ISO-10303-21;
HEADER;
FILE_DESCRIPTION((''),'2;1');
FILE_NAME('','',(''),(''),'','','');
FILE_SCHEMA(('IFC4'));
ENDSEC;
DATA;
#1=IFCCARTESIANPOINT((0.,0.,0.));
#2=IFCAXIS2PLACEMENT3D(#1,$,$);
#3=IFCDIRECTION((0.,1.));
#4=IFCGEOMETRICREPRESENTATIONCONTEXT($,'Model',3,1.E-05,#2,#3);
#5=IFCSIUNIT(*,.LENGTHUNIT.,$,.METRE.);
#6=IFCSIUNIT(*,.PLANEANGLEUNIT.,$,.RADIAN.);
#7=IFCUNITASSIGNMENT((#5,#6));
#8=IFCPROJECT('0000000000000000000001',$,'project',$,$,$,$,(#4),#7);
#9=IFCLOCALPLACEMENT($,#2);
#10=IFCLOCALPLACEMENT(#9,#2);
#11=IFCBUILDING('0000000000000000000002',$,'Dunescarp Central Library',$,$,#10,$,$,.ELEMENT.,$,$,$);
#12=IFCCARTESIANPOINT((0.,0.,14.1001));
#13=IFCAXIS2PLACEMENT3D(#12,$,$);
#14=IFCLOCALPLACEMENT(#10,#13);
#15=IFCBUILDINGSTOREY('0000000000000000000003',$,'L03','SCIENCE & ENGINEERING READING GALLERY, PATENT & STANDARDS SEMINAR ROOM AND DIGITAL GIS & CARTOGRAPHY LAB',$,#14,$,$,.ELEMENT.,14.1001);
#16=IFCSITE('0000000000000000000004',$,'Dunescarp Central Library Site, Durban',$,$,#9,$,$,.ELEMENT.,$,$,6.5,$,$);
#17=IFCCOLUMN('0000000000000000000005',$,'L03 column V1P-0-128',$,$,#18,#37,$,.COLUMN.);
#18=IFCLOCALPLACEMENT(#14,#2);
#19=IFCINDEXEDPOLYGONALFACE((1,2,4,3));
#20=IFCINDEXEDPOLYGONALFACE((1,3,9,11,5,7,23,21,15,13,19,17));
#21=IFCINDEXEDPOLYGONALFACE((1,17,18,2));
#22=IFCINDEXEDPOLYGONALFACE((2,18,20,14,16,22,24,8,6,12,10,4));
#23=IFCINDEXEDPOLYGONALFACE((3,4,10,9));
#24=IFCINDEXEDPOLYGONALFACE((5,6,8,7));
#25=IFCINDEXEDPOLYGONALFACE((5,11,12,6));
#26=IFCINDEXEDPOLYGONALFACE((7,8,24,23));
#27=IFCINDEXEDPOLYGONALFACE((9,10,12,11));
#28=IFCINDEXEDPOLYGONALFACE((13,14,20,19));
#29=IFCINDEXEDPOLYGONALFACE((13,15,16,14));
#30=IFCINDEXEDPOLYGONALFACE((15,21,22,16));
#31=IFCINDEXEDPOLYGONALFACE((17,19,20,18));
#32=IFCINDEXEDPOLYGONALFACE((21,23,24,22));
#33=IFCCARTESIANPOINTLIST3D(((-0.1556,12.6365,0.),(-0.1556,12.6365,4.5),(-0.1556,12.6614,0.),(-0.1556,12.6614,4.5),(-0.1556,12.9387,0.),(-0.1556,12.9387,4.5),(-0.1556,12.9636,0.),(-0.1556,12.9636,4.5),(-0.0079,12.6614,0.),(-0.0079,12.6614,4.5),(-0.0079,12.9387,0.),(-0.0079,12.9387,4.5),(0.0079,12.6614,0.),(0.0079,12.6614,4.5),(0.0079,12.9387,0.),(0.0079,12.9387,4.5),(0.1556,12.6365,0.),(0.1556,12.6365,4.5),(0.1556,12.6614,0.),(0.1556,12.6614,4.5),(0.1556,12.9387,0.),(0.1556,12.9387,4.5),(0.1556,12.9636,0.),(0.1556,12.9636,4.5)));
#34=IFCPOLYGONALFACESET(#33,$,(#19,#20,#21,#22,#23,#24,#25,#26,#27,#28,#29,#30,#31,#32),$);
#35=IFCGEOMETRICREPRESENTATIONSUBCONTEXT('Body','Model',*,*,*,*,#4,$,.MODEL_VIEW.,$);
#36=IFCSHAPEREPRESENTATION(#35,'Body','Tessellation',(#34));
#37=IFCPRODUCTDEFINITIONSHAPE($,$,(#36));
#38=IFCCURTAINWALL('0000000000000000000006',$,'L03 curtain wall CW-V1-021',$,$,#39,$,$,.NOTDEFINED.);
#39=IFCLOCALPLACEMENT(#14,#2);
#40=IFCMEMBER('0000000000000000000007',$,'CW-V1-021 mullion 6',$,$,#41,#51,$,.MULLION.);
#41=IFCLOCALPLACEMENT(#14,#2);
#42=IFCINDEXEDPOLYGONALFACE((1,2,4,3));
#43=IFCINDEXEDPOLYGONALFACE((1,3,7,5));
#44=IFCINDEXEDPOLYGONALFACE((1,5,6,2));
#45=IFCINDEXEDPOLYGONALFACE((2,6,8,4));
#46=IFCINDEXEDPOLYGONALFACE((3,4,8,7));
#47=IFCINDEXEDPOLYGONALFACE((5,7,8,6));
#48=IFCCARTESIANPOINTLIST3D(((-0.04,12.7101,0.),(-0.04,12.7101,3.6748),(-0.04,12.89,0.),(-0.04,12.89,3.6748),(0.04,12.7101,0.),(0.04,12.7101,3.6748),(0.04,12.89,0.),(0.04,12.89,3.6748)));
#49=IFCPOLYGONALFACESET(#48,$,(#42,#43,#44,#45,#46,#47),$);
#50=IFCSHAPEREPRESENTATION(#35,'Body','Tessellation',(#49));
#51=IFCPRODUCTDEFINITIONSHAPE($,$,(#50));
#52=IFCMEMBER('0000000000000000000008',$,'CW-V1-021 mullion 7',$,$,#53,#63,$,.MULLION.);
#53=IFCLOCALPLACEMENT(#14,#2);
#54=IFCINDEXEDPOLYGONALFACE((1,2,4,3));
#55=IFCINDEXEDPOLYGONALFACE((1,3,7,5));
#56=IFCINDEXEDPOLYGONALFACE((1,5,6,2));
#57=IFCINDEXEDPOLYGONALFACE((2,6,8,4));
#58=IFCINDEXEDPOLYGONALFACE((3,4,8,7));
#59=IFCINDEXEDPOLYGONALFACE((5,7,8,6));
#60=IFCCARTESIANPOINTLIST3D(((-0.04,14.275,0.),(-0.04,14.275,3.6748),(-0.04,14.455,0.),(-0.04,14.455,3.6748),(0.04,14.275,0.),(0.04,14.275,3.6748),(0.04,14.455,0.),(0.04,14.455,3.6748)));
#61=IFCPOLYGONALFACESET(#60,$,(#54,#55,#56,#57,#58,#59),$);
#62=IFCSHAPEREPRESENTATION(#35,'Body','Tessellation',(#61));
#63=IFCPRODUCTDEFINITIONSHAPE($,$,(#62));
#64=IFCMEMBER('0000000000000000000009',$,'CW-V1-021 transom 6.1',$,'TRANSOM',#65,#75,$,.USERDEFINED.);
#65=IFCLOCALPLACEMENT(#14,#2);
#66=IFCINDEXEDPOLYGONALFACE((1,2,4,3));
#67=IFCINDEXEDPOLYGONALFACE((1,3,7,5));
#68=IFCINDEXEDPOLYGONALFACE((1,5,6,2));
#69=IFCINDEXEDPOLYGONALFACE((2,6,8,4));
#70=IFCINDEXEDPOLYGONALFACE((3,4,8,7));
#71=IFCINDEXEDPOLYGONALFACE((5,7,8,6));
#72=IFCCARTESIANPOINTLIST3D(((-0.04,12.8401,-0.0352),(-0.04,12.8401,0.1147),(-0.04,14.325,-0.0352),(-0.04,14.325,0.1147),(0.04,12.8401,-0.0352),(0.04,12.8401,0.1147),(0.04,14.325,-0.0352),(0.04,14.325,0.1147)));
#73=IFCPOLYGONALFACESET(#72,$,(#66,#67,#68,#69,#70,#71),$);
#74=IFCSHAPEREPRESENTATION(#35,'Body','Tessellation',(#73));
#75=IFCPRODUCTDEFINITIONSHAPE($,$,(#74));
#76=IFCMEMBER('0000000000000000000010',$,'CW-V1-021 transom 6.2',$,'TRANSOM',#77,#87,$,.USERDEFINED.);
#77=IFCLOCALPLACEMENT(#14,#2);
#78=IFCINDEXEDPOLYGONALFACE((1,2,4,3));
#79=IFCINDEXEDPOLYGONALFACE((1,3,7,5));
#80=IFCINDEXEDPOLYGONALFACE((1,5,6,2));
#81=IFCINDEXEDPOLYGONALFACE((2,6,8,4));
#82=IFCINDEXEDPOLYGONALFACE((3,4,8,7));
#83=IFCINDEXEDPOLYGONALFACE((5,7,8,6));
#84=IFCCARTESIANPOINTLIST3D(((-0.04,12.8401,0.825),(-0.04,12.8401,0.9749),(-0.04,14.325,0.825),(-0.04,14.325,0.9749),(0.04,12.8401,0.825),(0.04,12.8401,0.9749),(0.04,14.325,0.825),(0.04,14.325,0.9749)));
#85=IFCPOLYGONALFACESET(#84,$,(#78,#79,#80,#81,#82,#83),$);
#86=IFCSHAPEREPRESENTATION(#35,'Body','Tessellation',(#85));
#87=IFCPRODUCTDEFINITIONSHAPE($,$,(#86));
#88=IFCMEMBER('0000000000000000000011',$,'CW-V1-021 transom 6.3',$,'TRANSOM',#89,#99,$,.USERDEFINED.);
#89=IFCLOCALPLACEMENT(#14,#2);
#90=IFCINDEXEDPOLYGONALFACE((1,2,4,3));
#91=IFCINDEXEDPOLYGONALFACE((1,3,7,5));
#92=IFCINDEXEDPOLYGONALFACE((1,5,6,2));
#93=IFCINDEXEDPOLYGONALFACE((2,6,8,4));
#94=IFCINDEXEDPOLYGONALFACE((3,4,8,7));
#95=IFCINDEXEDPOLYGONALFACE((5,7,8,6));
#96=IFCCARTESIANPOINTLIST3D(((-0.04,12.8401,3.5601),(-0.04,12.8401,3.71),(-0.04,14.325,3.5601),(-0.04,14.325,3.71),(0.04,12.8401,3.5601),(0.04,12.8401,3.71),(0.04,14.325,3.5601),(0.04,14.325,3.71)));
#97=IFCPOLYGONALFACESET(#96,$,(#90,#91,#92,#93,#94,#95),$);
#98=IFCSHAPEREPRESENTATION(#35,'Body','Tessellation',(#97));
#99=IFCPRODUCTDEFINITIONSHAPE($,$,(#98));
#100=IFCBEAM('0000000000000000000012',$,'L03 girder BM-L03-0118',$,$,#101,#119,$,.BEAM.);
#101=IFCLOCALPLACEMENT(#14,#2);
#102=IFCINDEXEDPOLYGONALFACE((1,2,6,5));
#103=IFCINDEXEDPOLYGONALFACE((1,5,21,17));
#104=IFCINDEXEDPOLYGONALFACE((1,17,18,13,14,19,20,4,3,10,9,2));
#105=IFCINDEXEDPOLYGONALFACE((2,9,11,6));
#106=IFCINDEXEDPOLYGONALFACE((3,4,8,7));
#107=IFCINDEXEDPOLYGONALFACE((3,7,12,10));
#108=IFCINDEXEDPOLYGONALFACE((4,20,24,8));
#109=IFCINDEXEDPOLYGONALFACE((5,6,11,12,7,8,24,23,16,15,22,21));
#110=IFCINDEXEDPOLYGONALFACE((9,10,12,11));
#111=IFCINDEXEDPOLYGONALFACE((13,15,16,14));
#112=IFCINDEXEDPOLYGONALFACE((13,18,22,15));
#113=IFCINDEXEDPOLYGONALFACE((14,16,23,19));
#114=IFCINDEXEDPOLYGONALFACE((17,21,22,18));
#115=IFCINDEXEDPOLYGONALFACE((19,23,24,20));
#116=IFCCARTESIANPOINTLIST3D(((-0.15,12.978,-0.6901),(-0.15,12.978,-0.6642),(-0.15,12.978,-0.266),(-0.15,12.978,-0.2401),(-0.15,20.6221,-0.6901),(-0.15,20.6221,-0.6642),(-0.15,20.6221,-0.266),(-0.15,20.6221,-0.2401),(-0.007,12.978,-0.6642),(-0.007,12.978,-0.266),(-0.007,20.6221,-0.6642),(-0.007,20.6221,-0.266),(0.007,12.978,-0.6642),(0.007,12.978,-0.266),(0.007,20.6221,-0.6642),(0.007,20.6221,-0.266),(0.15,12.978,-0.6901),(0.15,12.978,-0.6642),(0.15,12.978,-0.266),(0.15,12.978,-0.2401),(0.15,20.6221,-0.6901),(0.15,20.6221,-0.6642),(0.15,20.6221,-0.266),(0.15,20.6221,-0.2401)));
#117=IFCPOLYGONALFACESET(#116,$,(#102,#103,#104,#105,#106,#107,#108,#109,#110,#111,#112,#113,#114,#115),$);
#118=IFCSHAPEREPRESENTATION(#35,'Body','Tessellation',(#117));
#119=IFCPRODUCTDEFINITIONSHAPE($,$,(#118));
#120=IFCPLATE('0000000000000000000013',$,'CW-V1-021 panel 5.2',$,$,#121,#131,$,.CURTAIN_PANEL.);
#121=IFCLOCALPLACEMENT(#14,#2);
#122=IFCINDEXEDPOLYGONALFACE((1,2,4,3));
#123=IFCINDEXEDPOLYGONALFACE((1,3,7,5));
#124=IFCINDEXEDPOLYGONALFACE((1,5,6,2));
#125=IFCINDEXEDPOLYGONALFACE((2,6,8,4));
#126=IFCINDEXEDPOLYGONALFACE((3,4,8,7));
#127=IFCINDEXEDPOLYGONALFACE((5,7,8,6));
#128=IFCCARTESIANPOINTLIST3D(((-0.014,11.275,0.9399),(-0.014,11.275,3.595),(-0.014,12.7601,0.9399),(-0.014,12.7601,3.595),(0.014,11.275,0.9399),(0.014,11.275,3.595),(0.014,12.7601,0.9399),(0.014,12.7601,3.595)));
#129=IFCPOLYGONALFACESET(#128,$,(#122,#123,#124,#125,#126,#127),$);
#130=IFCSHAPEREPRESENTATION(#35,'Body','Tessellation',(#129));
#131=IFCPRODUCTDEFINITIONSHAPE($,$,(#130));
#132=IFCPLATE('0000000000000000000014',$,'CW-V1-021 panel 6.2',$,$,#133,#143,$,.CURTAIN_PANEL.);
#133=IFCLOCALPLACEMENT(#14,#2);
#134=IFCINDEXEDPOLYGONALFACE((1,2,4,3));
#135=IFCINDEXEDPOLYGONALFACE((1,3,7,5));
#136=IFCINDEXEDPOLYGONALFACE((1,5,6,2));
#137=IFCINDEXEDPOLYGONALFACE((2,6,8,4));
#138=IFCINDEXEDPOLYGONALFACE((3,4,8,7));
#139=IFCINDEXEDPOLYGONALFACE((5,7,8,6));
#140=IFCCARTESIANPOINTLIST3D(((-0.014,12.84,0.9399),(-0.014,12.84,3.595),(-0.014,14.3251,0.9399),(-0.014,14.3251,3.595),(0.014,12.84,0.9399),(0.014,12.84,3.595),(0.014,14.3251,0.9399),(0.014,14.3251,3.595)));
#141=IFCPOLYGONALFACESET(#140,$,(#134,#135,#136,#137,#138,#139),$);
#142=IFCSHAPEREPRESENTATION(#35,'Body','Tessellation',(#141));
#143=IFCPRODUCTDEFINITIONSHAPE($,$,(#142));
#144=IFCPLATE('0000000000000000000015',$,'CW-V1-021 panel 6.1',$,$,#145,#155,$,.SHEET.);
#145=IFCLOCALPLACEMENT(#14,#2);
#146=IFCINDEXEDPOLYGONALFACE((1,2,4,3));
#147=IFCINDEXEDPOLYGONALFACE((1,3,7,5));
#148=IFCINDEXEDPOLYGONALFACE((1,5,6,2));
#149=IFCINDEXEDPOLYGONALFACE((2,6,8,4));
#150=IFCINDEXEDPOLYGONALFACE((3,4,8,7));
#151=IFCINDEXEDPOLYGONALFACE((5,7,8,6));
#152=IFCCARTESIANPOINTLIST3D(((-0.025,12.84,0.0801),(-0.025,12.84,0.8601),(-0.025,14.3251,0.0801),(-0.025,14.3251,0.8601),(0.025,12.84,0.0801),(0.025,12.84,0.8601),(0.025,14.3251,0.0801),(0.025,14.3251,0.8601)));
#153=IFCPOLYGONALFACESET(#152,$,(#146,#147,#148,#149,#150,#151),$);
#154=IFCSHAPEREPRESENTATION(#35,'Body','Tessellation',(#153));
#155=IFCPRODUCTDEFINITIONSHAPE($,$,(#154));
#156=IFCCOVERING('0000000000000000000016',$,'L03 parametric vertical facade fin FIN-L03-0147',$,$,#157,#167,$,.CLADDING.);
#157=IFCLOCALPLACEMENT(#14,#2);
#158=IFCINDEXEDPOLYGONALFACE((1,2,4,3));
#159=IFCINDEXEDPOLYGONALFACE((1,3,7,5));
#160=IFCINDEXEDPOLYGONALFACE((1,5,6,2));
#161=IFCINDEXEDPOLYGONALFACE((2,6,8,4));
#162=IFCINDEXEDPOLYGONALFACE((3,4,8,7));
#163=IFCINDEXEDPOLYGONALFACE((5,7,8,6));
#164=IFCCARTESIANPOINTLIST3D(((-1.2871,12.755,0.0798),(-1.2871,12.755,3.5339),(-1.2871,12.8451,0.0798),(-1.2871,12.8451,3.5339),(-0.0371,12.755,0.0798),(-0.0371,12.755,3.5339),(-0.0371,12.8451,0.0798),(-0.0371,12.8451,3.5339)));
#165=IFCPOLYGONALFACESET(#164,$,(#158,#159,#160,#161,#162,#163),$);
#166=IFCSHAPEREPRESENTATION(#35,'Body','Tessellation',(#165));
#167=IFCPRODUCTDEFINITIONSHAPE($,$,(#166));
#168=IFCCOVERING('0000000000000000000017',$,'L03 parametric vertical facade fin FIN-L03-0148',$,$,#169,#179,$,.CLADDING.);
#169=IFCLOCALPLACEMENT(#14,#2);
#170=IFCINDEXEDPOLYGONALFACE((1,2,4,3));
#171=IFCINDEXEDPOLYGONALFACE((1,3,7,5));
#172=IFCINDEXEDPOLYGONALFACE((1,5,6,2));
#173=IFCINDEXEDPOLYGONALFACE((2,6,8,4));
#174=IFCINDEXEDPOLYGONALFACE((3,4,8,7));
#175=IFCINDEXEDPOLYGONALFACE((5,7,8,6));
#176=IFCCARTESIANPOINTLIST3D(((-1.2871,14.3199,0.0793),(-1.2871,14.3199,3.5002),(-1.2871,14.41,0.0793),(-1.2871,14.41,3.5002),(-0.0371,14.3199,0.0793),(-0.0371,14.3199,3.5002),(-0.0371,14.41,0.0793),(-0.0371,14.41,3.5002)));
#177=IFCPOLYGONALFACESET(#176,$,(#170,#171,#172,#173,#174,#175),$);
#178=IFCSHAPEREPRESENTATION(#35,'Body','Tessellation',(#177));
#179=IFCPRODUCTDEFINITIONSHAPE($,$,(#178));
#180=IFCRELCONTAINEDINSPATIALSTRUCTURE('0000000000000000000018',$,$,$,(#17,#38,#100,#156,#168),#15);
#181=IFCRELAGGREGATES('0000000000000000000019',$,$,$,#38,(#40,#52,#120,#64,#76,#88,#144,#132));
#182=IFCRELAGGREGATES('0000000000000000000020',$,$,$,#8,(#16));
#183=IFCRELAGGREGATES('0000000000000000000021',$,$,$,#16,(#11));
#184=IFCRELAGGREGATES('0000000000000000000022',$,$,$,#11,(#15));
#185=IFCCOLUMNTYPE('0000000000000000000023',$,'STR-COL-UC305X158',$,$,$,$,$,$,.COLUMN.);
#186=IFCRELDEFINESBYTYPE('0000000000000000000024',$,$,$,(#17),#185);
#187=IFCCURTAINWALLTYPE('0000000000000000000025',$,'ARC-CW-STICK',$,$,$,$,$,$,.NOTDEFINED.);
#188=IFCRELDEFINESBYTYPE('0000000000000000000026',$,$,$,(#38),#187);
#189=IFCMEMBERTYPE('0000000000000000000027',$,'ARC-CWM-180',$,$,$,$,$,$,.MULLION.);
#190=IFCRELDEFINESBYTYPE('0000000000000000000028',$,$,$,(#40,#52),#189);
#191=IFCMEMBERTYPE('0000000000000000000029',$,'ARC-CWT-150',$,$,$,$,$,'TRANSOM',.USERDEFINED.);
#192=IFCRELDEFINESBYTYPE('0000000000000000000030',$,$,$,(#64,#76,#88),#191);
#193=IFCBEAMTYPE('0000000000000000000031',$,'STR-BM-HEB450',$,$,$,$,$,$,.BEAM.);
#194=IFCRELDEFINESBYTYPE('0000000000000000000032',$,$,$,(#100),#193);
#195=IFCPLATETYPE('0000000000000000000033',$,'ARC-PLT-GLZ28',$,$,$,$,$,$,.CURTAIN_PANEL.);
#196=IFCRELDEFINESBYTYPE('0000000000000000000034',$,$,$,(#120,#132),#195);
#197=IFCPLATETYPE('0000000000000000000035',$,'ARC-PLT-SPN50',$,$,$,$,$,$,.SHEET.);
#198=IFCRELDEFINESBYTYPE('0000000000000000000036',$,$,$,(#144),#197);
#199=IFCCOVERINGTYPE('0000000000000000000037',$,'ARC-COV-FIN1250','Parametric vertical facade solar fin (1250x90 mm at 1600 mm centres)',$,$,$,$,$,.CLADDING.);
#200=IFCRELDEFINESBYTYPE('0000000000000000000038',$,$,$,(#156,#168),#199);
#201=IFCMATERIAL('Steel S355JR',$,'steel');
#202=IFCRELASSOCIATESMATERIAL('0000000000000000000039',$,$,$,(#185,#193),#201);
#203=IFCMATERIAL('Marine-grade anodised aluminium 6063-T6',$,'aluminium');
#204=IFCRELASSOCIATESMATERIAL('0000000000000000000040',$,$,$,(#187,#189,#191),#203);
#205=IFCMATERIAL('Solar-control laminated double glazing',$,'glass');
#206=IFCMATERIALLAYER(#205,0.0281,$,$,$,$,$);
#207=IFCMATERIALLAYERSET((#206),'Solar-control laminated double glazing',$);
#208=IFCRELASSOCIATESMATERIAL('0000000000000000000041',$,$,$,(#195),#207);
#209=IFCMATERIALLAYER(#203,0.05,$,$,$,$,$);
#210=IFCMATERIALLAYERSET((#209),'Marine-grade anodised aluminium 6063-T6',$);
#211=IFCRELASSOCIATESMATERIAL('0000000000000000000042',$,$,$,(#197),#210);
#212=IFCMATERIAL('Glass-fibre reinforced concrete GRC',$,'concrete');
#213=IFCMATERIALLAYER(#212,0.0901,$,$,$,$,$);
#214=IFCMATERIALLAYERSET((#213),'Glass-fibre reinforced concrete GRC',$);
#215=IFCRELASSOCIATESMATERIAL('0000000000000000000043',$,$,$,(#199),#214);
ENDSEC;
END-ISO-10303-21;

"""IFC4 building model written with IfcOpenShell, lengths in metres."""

from ifc_helpers import new_model, si_unit, direction, frame, origin, origin_2d, place, context, subcontext, project, spatial, rectangle, i_section, extrude, material, layer, layer_set, material_profile, profile_set, type_object, element, aggregate, save


model = new_model("IFC4")

# Units and contexts
model_context = context("Model", 3, precision=1e-05, world=origin(), true_north=direction((0.0, 1.0)))
body_context = subcontext(model_context, "Body", "Model", "MODEL_VIEW")
ifc_project = project(units=[si_unit("LENGTHUNIT", "METRE"), si_unit("PLANEANGLEUNIT", "RADIAN")], contexts=[model_context])

# Site, building, storey
site_placement = place(None, origin())
site = spatial("IfcSite", under=ifc_project, at=site_placement, Name="Dunescarp Central Library Site, Durban", CompositionType="ELEMENT", RefElevation=6.5)
building_placement = place(site_placement, origin())
building = spatial("IfcBuilding", under=site, at=building_placement, Name="Dunescarp Central Library", CompositionType="ELEMENT")
storey_placement = place(building_placement, frame((0.0, 0.0, 14.1001)))
storey = spatial("IfcBuildingStorey", under=building, at=storey_placement, Name="L03", Description="SCIENCE & ENGINEERING READING GALLERY, PATENT & STANDARDS SEMINAR ROOM AND DIGITAL GIS & CARTOGRAPHY LAB", CompositionType="ELEMENT", Elevation=14.1001)

# Column
ifc_material_1 = material(Name="Steel S355JR", Category="steel")
ifc_material_profile_1 = material_profile(ifc_material_1, i_section(OverallWidth=0.3113, OverallDepth=0.3271, WebThickness=0.0159, FlangeThickness=0.0249, at=origin_2d()), Name="UC 305x305x158")
ifc_profile_set_1 = profile_set([ifc_material_profile_1], Name="Steel S355JR")
column_type = type_object("IfcColumnType", Name="STR-COL-UC305X158", PredefinedType="COLUMN", material=ifc_profile_set_1)
column_placement = place(storey_placement, frame((0.0, 12.8, 0.0), z_axis=(0.0, 0.0, 1.0), x_axis=(1.0, 0.0, 0.0)))
element("IfcColumn", 1, at=column_placement, inside=storey, type_object=column_type, Name="L03 column V1P-0-128", PredefinedType="COLUMN", context=body_context, shape_type="SweptSolid", body=[
    extrude(i_section(OverallWidth=0.3113, OverallDepth=0.3271, WebThickness=0.0159, FlangeThickness=0.0249, at=origin_2d()), origin(), (0.0, 0.0, 1.0), 4.5),
])

# Curtain wall, members
ifc_material_2 = material(Name="Marine-grade anodised aluminium 6063-T6", Category="aluminium")
curtain_wall_type = type_object("IfcCurtainWallType", Name="ARC-CW-STICK", PredefinedType="NOTDEFINED", material=ifc_material_2)
curtain_wall_placement = place(storey_placement, origin())
curtain_wall = element("IfcCurtainWall", 2, at=curtain_wall_placement, inside=storey, type_object=curtain_wall_type, Name="L03 curtain wall CW-V1-021", PredefinedType="NOTDEFINED")
ifc_material_profile_2 = material_profile(ifc_material_2, rectangle(XDim=0.0801, YDim=0.1799, at=origin_2d()), Name="AL 80x180")
ifc_profile_set_2 = profile_set([ifc_material_profile_2], Name="Marine-grade anodised aluminium 6063-T6")
member_type_1 = type_object("IfcMemberType", Name="ARC-CWM-180", PredefinedType="MULLION", material=ifc_profile_set_2)
member_1_placement = place(storey_placement, frame((0.0, 12.8, 0.0), z_axis=(0.0, 0.0, 1.0), x_axis=(-1.0, 0.0, 0.0)))
member_1 = element("IfcMember", 3, at=member_1_placement, type_object=member_type_1, Name="CW-V1-021 mullion 6", PredefinedType="MULLION", context=body_context, shape_type="SweptSolid", body=[
    extrude(rectangle(XDim=0.0801, YDim=0.1799, at=origin_2d()), origin(), (0.0, 0.0, 1.0), 3.6748),
])
member_2_placement = place(storey_placement, frame((0.0, 14.365, 0.0), z_axis=(0.0, 0.0, 1.0), x_axis=(-1.0, 0.0, 0.0)))
member_2 = element("IfcMember", 4, at=member_2_placement, type_object=member_type_1, Name="CW-V1-021 mullion 7", PredefinedType="MULLION", context=body_context, shape_type="SweptSolid", body=[
    extrude(rectangle(XDim=0.0801, YDim=0.1799, at=origin_2d()), origin(), (0.0, 0.0, 1.0), 3.6748),
])
ifc_material_profile_3 = material_profile(ifc_material_2, rectangle(XDim=0.0801, YDim=0.1499, at=origin_2d()), Name="AL 80x150")
ifc_profile_set_3 = profile_set([ifc_material_profile_3], Name="Marine-grade anodised aluminium 6063-T6")
member_type_2 = type_object("IfcMemberType", Name="ARC-CWT-150", ElementType="TRANSOM", PredefinedType="USERDEFINED", material=ifc_profile_set_3)
member_3_placement = place(storey_placement, frame((0.0, 12.8401, 0.0398), z_axis=(0.0, 1.0, 0.0), x_axis=(-1.0, 0.0, 0.0)))
member_3 = element("IfcMember", 5, at=member_3_placement, type_object=member_type_2, Name="CW-V1-021 transom 6.1", ObjectType="TRANSOM", PredefinedType="USERDEFINED", context=body_context, shape_type="SweptSolid", body=[
    extrude(rectangle(XDim=0.0801, YDim=0.1499, at=origin_2d()), origin(), (0.0, 0.0, 1.0), 1.4849),
])
member_4_placement = place(storey_placement, frame((0.0, 12.8401, 0.8999), z_axis=(0.0, 1.0, 0.0), x_axis=(-1.0, 0.0, 0.0)))
member_4 = element("IfcMember", 6, at=member_4_placement, type_object=member_type_2, Name="CW-V1-021 transom 6.2", ObjectType="TRANSOM", PredefinedType="USERDEFINED", context=body_context, shape_type="SweptSolid", body=[
    extrude(rectangle(XDim=0.0801, YDim=0.1499, at=origin_2d()), origin(), (0.0, 0.0, 1.0), 1.4849),
])
member_5_placement = place(storey_placement, frame((0.0, 12.8401, 3.635), z_axis=(0.0, 1.0, 0.0), x_axis=(-1.0, 0.0, 0.0)))
member_5 = element("IfcMember", 7, at=member_5_placement, type_object=member_type_2, Name="CW-V1-021 transom 6.3", ObjectType="TRANSOM", PredefinedType="USERDEFINED", context=body_context, shape_type="SweptSolid", body=[
    extrude(rectangle(XDim=0.0801, YDim=0.1499, at=origin_2d()), origin(), (0.0, 0.0, 1.0), 1.4849),
])

# Beam
ifc_material_profile_4 = material_profile(ifc_material_1, i_section(OverallWidth=0.3, OverallDepth=0.45, WebThickness=0.0139, FlangeThickness=0.0259, at=origin_2d()), Name="HEB 450")
ifc_profile_set_4 = profile_set([ifc_material_profile_4], Name="Steel S355JR")
beam_type = type_object("IfcBeamType", Name="STR-BM-HEB450", PredefinedType="BEAM", material=ifc_profile_set_4)
beam_placement = place(storey_placement, frame((0.0, 12.978, -0.4651), z_axis=(0.0, 1.0, 0.0), x_axis=(-1.0, 0.0, 0.0)))
element("IfcBeam", 8, at=beam_placement, inside=storey, type_object=beam_type, Name="L03 girder BM-L03-0118", PredefinedType="BEAM", context=body_context, shape_type="SweptSolid", body=[
    extrude(i_section(OverallWidth=0.3, OverallDepth=0.45, WebThickness=0.0139, FlangeThickness=0.0259, at=origin_2d()), origin(), (0.0, 0.0, 1.0), 7.644),
])

# Plates
ifc_material_3 = material(Name="Solar-control laminated double glazing", Category="glass")
ifc_layer_1 = layer(ifc_material_3, 0.0281)
ifc_layer_set_1 = layer_set([ifc_layer_1], Name="Solar-control laminated double glazing")
plate_type_1 = type_object("IfcPlateType", Name="ARC-PLT-GLZ28", PredefinedType="CURTAIN_PANEL", material=ifc_layer_set_1)
plate_1_placement = place(storey_placement, frame((0.0, 12.0176, 0.9399), z_axis=(0.0, 0.0, 1.0), x_axis=(0.0, 1.0, 0.0)))
plate_1 = element("IfcPlate", 9, at=plate_1_placement, type_object=plate_type_1, Name="CW-V1-021 panel 5.2", PredefinedType="CURTAIN_PANEL", context=body_context, shape_type="SweptSolid", body=[
    extrude(rectangle(XDim=1.4851, YDim=0.0281, at=origin_2d()), origin(), (0.0, 0.0, 1.0), 2.655),
])
plate_2_placement = place(storey_placement, frame((0.0, 13.5825, 0.9399), z_axis=(0.0, 0.0, 1.0), x_axis=(0.0, 1.0, 0.0)))
plate_2 = element("IfcPlate", 10, at=plate_2_placement, type_object=plate_type_1, Name="CW-V1-021 panel 6.2", PredefinedType="CURTAIN_PANEL", context=body_context, shape_type="SweptSolid", body=[
    extrude(rectangle(XDim=1.4851, YDim=0.0281, at=origin_2d()), origin(), (0.0, 0.0, 1.0), 2.655),
])
ifc_layer_2 = layer(ifc_material_2, 0.05)
ifc_layer_set_2 = layer_set([ifc_layer_2], Name="Marine-grade anodised aluminium 6063-T6")
plate_type_2 = type_object("IfcPlateType", Name="ARC-PLT-SPN50", PredefinedType="SHEET", material=ifc_layer_set_2)
plate_3_placement = place(storey_placement, frame((0.0, 13.5825, 0.0801), z_axis=(0.0, 0.0, 1.0), x_axis=(0.0, 1.0, 0.0)))
plate_3 = element("IfcPlate", 11, at=plate_3_placement, type_object=plate_type_2, Name="CW-V1-021 panel 6.1", PredefinedType="SHEET", context=body_context, shape_type="SweptSolid", body=[
    extrude(rectangle(XDim=1.4851, YDim=0.05, at=origin_2d()), origin(), (0.0, 0.0, 1.0), 0.78),
])
aggregate(curtain_wall, [member_1, member_2, plate_1, member_3, member_4, member_5, plate_3, plate_2])

# Coverings
ifc_material_4 = material(Name="Glass-fibre reinforced concrete GRC", Category="concrete")
ifc_layer_3 = layer(ifc_material_4, 0.0901)
ifc_layer_set_3 = layer_set([ifc_layer_3], Name="Glass-fibre reinforced concrete GRC")
covering_type = type_object("IfcCoveringType", Name="ARC-COV-FIN1250", Description="Parametric vertical facade solar fin (1250x90 mm at 1600 mm centres)", PredefinedType="CLADDING", material=ifc_layer_set_3)
covering_1_placement = place(storey_placement, frame((-0.6621, 12.8, 0.0798), z_axis=(0.0, 0.0, 1.0), x_axis=(-1.0, 0.0, 0.0)))
element("IfcCovering", 12, at=covering_1_placement, inside=storey, type_object=covering_type, Name="L03 parametric vertical facade fin FIN-L03-0147", PredefinedType="CLADDING", context=body_context, shape_type="SweptSolid", body=[
    extrude(rectangle(XDim=1.25, YDim=0.0901, at=origin_2d()), origin(), (0.0, 0.0, 1.0), 3.4541),
])
covering_2_placement = place(storey_placement, frame((-0.6621, 14.365, 0.0793), z_axis=(0.0, 0.0, 1.0), x_axis=(-1.0, 0.0, 0.0)))
element("IfcCovering", 13, at=covering_2_placement, inside=storey, type_object=covering_type, Name="L03 parametric vertical facade fin FIN-L03-0148", PredefinedType="CLADDING", context=body_context, shape_type="SweptSolid", body=[
    extrude(rectangle(XDim=1.25, YDim=0.0901, at=origin_2d()), origin(), (0.0, 0.0, 1.0), 3.4209),
])

save(model, "model.ifc")
